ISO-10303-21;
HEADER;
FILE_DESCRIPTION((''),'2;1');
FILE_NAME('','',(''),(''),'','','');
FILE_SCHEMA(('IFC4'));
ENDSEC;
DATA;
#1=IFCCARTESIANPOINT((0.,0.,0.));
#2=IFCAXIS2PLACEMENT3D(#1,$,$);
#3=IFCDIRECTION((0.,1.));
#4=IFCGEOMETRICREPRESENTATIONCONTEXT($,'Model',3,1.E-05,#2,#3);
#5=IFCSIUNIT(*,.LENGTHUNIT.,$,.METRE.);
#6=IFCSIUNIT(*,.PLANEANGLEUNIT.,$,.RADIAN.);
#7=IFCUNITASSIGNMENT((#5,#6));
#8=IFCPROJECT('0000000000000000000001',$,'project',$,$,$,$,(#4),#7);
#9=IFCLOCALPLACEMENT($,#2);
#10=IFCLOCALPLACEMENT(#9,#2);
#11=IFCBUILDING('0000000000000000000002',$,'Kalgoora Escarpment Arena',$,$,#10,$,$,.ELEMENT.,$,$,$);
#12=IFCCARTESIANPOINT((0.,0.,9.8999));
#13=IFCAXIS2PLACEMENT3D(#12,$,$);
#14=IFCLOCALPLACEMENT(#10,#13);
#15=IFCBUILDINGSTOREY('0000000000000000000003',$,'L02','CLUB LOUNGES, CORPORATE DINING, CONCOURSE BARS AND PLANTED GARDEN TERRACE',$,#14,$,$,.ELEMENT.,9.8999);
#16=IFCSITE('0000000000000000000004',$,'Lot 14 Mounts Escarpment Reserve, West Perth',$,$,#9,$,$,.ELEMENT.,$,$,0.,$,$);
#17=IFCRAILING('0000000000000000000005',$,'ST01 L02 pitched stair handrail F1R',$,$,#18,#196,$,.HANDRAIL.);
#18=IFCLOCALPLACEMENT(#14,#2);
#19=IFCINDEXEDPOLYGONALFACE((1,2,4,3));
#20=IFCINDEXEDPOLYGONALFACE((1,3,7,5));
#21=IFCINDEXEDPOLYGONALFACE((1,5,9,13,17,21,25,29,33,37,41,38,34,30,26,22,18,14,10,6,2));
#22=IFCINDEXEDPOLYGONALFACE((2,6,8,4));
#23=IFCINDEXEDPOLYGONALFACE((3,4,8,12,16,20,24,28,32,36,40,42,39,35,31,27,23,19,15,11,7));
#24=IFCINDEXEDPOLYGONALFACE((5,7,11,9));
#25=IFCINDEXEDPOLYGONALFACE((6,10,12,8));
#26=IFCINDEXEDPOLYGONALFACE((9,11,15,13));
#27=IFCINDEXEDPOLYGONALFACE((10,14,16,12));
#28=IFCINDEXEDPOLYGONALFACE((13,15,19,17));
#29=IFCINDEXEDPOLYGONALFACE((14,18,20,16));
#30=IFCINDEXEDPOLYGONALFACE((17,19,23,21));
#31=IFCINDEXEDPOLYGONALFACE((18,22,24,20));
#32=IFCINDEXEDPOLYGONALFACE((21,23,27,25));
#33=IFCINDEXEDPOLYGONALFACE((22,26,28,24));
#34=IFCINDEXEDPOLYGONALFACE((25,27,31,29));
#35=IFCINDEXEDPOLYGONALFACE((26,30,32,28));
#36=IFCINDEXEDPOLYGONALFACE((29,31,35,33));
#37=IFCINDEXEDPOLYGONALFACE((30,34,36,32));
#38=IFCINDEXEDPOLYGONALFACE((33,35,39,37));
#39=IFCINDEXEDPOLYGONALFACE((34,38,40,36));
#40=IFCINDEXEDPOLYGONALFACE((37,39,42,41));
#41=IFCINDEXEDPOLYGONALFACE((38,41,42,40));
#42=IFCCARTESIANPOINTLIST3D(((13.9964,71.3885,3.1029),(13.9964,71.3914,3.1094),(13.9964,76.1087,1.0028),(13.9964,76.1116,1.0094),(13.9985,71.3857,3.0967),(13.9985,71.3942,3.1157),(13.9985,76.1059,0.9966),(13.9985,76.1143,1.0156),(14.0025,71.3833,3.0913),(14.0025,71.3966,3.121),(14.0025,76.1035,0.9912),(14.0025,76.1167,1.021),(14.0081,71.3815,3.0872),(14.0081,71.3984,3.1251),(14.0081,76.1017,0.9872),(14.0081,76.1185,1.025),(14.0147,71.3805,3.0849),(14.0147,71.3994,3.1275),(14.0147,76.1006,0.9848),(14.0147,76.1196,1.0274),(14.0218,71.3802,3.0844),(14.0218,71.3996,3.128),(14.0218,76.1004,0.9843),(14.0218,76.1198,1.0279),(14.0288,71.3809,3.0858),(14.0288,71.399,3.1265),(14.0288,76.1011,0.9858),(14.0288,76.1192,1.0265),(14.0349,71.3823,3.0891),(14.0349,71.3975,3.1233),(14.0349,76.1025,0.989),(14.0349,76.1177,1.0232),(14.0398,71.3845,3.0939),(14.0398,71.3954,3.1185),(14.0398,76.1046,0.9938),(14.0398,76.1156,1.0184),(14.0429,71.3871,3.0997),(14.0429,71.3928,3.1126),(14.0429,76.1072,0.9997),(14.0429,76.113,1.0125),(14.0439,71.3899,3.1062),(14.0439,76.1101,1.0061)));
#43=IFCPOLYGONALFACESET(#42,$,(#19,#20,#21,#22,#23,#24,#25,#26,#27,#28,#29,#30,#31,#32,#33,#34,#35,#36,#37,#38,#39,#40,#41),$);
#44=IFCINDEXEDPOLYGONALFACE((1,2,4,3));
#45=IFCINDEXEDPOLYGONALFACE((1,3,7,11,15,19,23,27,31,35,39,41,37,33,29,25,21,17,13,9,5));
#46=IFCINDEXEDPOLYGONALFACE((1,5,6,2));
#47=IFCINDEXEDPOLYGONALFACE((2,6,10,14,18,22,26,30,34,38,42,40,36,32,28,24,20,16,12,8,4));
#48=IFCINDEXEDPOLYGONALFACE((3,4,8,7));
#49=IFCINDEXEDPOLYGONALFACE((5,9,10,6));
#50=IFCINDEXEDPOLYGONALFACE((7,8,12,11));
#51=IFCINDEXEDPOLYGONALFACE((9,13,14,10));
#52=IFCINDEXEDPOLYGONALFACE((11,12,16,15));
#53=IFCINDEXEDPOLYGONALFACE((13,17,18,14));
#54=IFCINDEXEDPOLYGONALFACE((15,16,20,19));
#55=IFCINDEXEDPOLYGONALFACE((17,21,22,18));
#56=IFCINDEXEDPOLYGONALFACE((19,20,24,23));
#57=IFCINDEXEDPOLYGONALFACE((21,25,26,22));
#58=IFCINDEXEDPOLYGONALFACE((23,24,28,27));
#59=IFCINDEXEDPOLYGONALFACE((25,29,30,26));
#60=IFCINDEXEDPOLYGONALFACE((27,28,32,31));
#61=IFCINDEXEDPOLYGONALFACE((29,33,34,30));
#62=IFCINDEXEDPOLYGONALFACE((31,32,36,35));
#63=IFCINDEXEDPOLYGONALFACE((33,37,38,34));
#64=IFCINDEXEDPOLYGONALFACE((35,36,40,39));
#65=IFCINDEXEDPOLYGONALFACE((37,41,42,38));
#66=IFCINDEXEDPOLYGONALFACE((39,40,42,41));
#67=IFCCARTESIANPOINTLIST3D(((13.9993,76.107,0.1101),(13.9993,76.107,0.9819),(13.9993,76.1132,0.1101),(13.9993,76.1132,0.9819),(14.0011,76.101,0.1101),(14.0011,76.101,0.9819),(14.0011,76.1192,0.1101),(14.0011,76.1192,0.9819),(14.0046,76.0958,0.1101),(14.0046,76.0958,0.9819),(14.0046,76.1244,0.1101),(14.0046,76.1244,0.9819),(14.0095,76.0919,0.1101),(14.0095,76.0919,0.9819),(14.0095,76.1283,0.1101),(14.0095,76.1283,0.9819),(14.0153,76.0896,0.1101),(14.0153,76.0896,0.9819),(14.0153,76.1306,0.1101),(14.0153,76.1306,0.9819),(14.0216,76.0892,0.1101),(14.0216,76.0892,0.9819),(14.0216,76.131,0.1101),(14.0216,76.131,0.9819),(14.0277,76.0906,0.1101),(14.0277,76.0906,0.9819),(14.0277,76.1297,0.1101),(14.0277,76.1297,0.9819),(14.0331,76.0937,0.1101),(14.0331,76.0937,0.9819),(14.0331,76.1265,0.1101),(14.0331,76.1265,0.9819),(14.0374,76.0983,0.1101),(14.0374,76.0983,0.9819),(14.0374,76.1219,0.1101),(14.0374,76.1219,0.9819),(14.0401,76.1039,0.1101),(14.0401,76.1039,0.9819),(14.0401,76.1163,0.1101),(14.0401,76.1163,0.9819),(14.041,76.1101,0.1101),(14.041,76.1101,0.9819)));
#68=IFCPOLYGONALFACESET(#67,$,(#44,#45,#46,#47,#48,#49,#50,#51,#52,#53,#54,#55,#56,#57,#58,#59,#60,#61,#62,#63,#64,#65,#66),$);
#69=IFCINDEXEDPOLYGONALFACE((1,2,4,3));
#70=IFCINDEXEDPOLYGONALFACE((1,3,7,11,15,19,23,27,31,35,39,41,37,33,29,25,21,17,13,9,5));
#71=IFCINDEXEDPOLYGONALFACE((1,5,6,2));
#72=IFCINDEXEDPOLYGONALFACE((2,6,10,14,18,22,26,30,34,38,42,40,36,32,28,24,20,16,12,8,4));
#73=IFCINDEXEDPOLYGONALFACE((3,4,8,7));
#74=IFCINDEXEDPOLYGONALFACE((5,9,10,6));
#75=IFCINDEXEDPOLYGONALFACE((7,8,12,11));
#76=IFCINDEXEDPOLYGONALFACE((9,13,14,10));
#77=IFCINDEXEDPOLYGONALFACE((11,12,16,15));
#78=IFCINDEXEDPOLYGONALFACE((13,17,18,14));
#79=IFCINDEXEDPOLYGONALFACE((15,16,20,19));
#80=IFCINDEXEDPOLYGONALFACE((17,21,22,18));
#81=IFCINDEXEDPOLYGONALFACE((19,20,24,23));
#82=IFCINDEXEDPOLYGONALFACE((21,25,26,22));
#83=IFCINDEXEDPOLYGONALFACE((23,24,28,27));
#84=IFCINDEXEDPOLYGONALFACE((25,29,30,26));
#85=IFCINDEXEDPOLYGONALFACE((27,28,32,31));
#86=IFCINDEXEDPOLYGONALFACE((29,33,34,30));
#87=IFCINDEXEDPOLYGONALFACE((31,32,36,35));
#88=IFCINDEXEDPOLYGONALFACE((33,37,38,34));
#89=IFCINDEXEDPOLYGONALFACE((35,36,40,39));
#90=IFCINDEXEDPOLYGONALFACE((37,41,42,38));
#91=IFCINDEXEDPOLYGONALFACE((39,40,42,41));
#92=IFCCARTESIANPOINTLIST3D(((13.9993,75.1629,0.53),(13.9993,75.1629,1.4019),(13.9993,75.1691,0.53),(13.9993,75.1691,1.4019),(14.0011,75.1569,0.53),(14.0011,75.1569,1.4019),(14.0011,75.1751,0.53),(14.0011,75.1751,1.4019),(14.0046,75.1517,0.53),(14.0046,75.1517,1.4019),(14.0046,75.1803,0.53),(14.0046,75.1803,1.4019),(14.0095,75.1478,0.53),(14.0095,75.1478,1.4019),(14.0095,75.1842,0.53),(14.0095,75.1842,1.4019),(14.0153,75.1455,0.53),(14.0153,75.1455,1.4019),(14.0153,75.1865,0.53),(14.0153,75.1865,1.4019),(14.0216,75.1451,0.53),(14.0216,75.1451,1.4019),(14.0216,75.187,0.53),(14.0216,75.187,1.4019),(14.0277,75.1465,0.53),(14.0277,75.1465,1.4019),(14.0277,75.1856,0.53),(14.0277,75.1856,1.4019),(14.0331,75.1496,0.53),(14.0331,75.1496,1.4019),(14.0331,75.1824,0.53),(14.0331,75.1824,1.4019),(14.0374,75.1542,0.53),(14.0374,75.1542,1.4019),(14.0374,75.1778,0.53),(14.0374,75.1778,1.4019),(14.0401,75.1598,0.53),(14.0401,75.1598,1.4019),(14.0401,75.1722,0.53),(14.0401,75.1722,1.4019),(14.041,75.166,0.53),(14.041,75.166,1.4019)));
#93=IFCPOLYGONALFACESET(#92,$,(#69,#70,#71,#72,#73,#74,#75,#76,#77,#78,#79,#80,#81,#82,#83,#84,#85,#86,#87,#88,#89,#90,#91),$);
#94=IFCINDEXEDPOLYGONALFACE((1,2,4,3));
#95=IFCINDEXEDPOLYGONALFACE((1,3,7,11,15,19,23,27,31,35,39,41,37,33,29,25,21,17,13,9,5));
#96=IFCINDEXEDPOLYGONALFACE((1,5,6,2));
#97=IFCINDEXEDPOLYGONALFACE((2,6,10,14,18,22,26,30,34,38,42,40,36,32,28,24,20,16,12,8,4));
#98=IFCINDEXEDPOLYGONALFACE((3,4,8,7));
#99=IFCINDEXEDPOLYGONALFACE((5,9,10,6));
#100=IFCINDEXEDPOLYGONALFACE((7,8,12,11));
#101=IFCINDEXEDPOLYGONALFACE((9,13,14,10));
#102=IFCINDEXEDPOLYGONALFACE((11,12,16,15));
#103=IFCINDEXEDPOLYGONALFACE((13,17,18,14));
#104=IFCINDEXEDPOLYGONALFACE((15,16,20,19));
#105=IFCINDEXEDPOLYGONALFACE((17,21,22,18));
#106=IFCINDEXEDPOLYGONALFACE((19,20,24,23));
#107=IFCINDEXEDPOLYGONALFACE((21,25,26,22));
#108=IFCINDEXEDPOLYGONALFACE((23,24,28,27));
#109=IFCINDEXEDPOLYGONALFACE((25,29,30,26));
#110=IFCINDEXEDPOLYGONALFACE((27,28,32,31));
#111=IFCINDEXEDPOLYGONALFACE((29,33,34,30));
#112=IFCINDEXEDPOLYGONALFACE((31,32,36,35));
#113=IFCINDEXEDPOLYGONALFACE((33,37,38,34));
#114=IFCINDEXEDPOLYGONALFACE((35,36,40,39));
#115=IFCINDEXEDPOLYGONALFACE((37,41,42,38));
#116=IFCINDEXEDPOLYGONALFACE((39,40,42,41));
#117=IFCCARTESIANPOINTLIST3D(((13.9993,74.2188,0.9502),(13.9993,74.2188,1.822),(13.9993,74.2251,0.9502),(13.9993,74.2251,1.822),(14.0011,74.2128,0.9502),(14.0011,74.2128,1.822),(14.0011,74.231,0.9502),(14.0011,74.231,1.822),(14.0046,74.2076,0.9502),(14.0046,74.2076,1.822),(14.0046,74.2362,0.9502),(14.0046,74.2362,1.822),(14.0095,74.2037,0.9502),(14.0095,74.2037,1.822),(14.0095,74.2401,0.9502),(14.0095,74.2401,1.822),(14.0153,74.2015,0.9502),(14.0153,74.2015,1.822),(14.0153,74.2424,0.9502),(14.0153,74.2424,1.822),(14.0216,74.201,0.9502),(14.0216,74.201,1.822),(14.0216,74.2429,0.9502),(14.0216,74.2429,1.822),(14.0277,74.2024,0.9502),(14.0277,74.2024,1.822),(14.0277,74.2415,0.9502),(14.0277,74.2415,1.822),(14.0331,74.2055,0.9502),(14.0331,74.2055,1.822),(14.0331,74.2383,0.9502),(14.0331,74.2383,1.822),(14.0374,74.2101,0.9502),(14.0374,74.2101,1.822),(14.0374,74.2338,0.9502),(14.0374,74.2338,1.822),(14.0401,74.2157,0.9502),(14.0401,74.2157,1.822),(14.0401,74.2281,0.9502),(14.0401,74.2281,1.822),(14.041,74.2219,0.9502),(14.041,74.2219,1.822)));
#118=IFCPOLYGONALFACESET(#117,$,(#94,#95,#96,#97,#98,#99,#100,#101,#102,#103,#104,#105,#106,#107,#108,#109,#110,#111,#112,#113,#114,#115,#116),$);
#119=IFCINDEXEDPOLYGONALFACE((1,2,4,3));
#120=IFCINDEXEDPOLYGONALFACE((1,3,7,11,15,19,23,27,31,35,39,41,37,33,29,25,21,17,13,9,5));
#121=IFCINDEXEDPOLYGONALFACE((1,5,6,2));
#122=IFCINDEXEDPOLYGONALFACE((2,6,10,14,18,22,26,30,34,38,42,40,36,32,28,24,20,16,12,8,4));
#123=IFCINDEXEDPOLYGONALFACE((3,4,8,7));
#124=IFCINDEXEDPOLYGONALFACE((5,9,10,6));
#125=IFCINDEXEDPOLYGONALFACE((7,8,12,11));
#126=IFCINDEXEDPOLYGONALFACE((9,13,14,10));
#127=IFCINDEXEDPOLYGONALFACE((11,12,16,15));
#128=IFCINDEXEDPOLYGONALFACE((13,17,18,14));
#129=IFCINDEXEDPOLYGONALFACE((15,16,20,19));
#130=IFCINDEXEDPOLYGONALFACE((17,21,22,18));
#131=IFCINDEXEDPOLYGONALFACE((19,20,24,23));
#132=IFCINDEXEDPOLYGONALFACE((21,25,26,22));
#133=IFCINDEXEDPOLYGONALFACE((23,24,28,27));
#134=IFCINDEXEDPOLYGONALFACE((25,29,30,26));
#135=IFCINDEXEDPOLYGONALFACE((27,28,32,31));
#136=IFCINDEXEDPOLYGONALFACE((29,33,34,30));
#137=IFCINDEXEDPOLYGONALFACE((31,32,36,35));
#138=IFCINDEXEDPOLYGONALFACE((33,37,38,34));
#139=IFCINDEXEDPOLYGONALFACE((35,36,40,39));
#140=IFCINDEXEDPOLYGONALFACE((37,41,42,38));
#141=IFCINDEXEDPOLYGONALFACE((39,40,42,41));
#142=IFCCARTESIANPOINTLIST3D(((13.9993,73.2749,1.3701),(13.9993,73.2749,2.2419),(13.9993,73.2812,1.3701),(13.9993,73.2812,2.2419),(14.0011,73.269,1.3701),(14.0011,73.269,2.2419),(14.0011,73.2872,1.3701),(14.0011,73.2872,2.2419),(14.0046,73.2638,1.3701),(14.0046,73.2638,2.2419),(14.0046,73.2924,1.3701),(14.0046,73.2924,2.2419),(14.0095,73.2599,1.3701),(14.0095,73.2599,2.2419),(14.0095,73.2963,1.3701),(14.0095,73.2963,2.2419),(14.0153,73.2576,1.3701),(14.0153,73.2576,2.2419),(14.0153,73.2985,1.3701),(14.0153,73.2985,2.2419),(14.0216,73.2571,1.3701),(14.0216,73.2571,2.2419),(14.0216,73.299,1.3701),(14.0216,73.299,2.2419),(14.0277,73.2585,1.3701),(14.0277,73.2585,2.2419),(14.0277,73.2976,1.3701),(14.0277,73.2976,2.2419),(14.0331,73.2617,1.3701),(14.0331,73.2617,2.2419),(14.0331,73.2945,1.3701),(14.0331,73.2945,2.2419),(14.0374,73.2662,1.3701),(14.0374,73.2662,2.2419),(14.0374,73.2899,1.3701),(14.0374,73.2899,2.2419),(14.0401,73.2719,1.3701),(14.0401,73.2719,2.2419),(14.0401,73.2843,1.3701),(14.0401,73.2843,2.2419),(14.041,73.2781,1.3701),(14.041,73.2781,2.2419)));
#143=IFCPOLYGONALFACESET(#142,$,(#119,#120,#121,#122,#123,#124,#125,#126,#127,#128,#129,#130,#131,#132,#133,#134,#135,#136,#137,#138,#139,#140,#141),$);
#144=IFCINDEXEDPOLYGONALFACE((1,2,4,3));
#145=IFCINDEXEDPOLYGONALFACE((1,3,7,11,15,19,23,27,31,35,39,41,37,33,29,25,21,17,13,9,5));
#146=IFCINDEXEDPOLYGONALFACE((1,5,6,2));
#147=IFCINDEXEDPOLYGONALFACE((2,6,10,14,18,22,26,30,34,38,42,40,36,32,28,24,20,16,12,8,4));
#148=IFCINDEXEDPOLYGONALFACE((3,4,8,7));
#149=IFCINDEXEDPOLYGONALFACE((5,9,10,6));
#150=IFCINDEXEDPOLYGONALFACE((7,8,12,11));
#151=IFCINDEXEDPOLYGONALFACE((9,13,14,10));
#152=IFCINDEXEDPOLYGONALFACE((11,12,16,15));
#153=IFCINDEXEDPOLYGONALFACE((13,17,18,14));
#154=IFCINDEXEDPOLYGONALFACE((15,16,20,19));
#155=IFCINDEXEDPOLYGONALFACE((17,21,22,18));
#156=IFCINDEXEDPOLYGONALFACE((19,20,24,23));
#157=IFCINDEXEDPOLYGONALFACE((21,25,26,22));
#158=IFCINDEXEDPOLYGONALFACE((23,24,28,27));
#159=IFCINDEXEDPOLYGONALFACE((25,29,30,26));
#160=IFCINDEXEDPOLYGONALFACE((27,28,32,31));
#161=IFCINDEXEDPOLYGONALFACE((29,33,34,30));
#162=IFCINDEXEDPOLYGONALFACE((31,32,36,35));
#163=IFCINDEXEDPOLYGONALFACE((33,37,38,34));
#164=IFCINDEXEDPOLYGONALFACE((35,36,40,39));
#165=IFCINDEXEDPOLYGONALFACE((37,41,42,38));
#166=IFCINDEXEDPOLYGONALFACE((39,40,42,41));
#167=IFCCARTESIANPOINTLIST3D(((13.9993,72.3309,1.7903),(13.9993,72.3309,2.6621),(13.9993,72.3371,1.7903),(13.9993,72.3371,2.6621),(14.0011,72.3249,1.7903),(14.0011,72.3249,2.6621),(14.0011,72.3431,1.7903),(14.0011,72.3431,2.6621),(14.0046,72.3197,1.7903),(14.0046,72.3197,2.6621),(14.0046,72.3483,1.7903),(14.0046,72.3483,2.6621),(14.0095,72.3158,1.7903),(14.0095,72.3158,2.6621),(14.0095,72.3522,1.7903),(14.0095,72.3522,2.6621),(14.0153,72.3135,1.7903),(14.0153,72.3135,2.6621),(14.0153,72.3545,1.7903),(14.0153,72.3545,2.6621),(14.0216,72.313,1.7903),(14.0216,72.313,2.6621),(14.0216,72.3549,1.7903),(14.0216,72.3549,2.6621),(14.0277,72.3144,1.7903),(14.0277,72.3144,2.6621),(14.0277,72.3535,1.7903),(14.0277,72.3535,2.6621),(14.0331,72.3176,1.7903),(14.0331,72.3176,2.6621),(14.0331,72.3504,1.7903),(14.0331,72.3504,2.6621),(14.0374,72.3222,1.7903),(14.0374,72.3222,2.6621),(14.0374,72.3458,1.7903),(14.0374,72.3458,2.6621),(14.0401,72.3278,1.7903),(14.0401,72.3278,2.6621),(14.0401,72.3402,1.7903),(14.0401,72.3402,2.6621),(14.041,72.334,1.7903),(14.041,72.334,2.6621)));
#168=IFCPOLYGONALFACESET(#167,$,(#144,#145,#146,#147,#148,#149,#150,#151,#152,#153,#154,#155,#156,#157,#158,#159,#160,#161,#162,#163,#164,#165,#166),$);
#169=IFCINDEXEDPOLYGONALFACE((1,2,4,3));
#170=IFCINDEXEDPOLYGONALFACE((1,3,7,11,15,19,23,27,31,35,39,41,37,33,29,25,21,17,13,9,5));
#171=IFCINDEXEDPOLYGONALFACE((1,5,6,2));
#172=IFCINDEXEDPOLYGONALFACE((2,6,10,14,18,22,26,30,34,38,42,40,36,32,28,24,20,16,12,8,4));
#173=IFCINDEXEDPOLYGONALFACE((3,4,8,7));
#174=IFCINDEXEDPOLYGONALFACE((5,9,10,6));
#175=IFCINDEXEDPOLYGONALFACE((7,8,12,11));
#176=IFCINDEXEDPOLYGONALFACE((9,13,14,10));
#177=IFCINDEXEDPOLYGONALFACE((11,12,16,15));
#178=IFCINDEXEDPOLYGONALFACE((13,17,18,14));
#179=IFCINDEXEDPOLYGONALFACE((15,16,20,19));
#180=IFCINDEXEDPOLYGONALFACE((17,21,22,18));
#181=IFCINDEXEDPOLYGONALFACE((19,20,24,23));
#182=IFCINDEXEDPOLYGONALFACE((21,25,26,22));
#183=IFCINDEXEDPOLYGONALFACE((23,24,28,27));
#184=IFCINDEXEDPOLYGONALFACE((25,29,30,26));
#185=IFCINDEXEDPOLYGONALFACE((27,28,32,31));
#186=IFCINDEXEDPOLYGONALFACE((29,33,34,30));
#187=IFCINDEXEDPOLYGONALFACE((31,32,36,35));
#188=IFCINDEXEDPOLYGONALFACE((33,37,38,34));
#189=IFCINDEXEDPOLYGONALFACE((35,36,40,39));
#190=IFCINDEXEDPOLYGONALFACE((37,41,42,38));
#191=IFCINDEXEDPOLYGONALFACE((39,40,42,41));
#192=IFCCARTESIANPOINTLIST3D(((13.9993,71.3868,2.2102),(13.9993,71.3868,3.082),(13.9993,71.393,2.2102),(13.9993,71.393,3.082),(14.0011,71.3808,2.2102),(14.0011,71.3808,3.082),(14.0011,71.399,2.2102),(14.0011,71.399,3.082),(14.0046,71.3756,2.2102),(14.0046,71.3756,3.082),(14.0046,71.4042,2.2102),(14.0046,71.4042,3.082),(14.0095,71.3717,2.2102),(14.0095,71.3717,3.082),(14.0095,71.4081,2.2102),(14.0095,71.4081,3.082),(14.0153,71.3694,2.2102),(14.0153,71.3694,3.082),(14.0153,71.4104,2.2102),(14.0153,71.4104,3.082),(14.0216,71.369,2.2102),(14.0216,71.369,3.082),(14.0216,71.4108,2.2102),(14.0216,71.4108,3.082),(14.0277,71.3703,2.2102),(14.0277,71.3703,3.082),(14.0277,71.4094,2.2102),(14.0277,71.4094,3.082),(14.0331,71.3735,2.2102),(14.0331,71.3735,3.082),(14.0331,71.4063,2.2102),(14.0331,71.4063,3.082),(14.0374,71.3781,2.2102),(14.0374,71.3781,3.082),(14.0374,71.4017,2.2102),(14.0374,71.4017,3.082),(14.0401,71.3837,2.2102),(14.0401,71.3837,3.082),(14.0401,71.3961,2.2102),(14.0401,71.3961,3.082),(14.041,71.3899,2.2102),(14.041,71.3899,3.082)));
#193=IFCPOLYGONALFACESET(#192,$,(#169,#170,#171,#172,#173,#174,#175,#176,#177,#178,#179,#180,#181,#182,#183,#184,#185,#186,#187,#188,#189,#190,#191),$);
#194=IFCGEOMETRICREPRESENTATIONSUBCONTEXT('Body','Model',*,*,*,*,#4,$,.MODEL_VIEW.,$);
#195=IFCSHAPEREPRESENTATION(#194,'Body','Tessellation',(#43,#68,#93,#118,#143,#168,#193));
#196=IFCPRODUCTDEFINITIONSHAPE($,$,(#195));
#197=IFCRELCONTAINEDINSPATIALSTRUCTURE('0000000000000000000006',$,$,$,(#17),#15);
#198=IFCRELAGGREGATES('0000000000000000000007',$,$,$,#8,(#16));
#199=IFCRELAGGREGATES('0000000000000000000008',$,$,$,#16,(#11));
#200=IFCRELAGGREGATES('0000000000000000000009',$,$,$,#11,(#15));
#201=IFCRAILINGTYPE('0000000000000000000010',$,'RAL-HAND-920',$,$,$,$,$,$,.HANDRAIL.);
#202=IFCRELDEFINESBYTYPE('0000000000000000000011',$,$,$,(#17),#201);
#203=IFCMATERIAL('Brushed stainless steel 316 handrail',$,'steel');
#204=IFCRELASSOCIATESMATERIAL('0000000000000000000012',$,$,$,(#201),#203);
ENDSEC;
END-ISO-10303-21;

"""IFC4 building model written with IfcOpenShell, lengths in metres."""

from ifc_helpers import new_model, si_unit, direction, frame, origin, origin_2d, place, context, subcontext, project, spatial, circle, extrude, material, type_object, element, save


model = new_model("IFC4")

# Units and contexts
model_context = context("Model", 3, precision=1e-05, world=origin(), true_north=direction((0.0, 1.0)))
body_context = subcontext(model_context, "Body", "Model", "MODEL_VIEW")
ifc_project = project(units=[si_unit("LENGTHUNIT", "METRE"), si_unit("PLANEANGLEUNIT", "RADIAN")], contexts=[model_context])

# Site, building, storey
site_placement = place(None, origin())
site = spatial("IfcSite", under=ifc_project, at=site_placement, Name="Lot 14 Mounts Escarpment Reserve, West Perth", CompositionType="ELEMENT", RefElevation=0.0)
building_placement = place(site_placement, origin())
building = spatial("IfcBuilding", under=site, at=building_placement, Name="Kalgoora Escarpment Arena", CompositionType="ELEMENT")
storey_placement = place(building_placement, frame((0.0, 0.0, 9.8999)))
storey = spatial("IfcBuildingStorey", under=building, at=storey_placement, Name="L02", Description="CLUB LOUNGES, CORPORATE DINING, CONCOURSE BARS AND PLANTED GARDEN TERRACE", CompositionType="ELEMENT", Elevation=9.8999)

# Railing
ifc_material_1 = material(Name="Brushed stainless steel 316 handrail", Category="steel")
railing_type_1 = type_object("IfcRailingType", Name="RAL-HAND-920", PredefinedType="HANDRAIL", material=ifc_material_1)
for number, where, name in (
    (1, (14.02, 76.1101, 0.1101), "ST01 L02 pitched stair handrail F1R"),
):
    element("IfcRailing", number, at=place(storey_placement, frame(where)), inside=storey, type_object=railing_type_1, Name=name, PredefinedType="HANDRAIL", context=body_context, shape_type="SweptSolid", body=[
        extrude(circle(Radius=0.0239, at=origin_2d()), frame((0.0, 0.0, 0.896), z_axis=(0.0, -0.913652, 0.406498), x_axis=(1.0, 0.0, 0.0)), (0.0, 0.0, 1.0), 5.1663),
        extrude(circle(Radius=0.021, at=origin_2d()), origin(), (0.0, 0.0, 1.0), 0.8718),
        extrude(circle(Radius=0.021, at=origin_2d()), frame((0.0, -0.9441, 0.4199)), (0.0, 0.0, 1.0), 0.8718),
        extrude(circle(Radius=0.021, at=origin_2d()), frame((0.0, -1.8882, 0.8401)), (0.0, 0.0, 1.0), 0.8718),
        extrude(circle(Radius=0.021, at=origin_2d()), frame((0.0, -2.832, 1.26)), (0.0, 0.0, 1.0), 0.8718),
        extrude(circle(Radius=0.021, at=origin_2d()), frame((0.0, -3.7761, 1.6802)), (0.0, 0.0, 1.0), 0.8718),
        extrude(circle(Radius=0.021, at=origin_2d()), frame((0.0, -4.7202, 2.1001)), (0.0, 0.0, 1.0), 0.8718),
    ])

save(model, "model.ifc")
